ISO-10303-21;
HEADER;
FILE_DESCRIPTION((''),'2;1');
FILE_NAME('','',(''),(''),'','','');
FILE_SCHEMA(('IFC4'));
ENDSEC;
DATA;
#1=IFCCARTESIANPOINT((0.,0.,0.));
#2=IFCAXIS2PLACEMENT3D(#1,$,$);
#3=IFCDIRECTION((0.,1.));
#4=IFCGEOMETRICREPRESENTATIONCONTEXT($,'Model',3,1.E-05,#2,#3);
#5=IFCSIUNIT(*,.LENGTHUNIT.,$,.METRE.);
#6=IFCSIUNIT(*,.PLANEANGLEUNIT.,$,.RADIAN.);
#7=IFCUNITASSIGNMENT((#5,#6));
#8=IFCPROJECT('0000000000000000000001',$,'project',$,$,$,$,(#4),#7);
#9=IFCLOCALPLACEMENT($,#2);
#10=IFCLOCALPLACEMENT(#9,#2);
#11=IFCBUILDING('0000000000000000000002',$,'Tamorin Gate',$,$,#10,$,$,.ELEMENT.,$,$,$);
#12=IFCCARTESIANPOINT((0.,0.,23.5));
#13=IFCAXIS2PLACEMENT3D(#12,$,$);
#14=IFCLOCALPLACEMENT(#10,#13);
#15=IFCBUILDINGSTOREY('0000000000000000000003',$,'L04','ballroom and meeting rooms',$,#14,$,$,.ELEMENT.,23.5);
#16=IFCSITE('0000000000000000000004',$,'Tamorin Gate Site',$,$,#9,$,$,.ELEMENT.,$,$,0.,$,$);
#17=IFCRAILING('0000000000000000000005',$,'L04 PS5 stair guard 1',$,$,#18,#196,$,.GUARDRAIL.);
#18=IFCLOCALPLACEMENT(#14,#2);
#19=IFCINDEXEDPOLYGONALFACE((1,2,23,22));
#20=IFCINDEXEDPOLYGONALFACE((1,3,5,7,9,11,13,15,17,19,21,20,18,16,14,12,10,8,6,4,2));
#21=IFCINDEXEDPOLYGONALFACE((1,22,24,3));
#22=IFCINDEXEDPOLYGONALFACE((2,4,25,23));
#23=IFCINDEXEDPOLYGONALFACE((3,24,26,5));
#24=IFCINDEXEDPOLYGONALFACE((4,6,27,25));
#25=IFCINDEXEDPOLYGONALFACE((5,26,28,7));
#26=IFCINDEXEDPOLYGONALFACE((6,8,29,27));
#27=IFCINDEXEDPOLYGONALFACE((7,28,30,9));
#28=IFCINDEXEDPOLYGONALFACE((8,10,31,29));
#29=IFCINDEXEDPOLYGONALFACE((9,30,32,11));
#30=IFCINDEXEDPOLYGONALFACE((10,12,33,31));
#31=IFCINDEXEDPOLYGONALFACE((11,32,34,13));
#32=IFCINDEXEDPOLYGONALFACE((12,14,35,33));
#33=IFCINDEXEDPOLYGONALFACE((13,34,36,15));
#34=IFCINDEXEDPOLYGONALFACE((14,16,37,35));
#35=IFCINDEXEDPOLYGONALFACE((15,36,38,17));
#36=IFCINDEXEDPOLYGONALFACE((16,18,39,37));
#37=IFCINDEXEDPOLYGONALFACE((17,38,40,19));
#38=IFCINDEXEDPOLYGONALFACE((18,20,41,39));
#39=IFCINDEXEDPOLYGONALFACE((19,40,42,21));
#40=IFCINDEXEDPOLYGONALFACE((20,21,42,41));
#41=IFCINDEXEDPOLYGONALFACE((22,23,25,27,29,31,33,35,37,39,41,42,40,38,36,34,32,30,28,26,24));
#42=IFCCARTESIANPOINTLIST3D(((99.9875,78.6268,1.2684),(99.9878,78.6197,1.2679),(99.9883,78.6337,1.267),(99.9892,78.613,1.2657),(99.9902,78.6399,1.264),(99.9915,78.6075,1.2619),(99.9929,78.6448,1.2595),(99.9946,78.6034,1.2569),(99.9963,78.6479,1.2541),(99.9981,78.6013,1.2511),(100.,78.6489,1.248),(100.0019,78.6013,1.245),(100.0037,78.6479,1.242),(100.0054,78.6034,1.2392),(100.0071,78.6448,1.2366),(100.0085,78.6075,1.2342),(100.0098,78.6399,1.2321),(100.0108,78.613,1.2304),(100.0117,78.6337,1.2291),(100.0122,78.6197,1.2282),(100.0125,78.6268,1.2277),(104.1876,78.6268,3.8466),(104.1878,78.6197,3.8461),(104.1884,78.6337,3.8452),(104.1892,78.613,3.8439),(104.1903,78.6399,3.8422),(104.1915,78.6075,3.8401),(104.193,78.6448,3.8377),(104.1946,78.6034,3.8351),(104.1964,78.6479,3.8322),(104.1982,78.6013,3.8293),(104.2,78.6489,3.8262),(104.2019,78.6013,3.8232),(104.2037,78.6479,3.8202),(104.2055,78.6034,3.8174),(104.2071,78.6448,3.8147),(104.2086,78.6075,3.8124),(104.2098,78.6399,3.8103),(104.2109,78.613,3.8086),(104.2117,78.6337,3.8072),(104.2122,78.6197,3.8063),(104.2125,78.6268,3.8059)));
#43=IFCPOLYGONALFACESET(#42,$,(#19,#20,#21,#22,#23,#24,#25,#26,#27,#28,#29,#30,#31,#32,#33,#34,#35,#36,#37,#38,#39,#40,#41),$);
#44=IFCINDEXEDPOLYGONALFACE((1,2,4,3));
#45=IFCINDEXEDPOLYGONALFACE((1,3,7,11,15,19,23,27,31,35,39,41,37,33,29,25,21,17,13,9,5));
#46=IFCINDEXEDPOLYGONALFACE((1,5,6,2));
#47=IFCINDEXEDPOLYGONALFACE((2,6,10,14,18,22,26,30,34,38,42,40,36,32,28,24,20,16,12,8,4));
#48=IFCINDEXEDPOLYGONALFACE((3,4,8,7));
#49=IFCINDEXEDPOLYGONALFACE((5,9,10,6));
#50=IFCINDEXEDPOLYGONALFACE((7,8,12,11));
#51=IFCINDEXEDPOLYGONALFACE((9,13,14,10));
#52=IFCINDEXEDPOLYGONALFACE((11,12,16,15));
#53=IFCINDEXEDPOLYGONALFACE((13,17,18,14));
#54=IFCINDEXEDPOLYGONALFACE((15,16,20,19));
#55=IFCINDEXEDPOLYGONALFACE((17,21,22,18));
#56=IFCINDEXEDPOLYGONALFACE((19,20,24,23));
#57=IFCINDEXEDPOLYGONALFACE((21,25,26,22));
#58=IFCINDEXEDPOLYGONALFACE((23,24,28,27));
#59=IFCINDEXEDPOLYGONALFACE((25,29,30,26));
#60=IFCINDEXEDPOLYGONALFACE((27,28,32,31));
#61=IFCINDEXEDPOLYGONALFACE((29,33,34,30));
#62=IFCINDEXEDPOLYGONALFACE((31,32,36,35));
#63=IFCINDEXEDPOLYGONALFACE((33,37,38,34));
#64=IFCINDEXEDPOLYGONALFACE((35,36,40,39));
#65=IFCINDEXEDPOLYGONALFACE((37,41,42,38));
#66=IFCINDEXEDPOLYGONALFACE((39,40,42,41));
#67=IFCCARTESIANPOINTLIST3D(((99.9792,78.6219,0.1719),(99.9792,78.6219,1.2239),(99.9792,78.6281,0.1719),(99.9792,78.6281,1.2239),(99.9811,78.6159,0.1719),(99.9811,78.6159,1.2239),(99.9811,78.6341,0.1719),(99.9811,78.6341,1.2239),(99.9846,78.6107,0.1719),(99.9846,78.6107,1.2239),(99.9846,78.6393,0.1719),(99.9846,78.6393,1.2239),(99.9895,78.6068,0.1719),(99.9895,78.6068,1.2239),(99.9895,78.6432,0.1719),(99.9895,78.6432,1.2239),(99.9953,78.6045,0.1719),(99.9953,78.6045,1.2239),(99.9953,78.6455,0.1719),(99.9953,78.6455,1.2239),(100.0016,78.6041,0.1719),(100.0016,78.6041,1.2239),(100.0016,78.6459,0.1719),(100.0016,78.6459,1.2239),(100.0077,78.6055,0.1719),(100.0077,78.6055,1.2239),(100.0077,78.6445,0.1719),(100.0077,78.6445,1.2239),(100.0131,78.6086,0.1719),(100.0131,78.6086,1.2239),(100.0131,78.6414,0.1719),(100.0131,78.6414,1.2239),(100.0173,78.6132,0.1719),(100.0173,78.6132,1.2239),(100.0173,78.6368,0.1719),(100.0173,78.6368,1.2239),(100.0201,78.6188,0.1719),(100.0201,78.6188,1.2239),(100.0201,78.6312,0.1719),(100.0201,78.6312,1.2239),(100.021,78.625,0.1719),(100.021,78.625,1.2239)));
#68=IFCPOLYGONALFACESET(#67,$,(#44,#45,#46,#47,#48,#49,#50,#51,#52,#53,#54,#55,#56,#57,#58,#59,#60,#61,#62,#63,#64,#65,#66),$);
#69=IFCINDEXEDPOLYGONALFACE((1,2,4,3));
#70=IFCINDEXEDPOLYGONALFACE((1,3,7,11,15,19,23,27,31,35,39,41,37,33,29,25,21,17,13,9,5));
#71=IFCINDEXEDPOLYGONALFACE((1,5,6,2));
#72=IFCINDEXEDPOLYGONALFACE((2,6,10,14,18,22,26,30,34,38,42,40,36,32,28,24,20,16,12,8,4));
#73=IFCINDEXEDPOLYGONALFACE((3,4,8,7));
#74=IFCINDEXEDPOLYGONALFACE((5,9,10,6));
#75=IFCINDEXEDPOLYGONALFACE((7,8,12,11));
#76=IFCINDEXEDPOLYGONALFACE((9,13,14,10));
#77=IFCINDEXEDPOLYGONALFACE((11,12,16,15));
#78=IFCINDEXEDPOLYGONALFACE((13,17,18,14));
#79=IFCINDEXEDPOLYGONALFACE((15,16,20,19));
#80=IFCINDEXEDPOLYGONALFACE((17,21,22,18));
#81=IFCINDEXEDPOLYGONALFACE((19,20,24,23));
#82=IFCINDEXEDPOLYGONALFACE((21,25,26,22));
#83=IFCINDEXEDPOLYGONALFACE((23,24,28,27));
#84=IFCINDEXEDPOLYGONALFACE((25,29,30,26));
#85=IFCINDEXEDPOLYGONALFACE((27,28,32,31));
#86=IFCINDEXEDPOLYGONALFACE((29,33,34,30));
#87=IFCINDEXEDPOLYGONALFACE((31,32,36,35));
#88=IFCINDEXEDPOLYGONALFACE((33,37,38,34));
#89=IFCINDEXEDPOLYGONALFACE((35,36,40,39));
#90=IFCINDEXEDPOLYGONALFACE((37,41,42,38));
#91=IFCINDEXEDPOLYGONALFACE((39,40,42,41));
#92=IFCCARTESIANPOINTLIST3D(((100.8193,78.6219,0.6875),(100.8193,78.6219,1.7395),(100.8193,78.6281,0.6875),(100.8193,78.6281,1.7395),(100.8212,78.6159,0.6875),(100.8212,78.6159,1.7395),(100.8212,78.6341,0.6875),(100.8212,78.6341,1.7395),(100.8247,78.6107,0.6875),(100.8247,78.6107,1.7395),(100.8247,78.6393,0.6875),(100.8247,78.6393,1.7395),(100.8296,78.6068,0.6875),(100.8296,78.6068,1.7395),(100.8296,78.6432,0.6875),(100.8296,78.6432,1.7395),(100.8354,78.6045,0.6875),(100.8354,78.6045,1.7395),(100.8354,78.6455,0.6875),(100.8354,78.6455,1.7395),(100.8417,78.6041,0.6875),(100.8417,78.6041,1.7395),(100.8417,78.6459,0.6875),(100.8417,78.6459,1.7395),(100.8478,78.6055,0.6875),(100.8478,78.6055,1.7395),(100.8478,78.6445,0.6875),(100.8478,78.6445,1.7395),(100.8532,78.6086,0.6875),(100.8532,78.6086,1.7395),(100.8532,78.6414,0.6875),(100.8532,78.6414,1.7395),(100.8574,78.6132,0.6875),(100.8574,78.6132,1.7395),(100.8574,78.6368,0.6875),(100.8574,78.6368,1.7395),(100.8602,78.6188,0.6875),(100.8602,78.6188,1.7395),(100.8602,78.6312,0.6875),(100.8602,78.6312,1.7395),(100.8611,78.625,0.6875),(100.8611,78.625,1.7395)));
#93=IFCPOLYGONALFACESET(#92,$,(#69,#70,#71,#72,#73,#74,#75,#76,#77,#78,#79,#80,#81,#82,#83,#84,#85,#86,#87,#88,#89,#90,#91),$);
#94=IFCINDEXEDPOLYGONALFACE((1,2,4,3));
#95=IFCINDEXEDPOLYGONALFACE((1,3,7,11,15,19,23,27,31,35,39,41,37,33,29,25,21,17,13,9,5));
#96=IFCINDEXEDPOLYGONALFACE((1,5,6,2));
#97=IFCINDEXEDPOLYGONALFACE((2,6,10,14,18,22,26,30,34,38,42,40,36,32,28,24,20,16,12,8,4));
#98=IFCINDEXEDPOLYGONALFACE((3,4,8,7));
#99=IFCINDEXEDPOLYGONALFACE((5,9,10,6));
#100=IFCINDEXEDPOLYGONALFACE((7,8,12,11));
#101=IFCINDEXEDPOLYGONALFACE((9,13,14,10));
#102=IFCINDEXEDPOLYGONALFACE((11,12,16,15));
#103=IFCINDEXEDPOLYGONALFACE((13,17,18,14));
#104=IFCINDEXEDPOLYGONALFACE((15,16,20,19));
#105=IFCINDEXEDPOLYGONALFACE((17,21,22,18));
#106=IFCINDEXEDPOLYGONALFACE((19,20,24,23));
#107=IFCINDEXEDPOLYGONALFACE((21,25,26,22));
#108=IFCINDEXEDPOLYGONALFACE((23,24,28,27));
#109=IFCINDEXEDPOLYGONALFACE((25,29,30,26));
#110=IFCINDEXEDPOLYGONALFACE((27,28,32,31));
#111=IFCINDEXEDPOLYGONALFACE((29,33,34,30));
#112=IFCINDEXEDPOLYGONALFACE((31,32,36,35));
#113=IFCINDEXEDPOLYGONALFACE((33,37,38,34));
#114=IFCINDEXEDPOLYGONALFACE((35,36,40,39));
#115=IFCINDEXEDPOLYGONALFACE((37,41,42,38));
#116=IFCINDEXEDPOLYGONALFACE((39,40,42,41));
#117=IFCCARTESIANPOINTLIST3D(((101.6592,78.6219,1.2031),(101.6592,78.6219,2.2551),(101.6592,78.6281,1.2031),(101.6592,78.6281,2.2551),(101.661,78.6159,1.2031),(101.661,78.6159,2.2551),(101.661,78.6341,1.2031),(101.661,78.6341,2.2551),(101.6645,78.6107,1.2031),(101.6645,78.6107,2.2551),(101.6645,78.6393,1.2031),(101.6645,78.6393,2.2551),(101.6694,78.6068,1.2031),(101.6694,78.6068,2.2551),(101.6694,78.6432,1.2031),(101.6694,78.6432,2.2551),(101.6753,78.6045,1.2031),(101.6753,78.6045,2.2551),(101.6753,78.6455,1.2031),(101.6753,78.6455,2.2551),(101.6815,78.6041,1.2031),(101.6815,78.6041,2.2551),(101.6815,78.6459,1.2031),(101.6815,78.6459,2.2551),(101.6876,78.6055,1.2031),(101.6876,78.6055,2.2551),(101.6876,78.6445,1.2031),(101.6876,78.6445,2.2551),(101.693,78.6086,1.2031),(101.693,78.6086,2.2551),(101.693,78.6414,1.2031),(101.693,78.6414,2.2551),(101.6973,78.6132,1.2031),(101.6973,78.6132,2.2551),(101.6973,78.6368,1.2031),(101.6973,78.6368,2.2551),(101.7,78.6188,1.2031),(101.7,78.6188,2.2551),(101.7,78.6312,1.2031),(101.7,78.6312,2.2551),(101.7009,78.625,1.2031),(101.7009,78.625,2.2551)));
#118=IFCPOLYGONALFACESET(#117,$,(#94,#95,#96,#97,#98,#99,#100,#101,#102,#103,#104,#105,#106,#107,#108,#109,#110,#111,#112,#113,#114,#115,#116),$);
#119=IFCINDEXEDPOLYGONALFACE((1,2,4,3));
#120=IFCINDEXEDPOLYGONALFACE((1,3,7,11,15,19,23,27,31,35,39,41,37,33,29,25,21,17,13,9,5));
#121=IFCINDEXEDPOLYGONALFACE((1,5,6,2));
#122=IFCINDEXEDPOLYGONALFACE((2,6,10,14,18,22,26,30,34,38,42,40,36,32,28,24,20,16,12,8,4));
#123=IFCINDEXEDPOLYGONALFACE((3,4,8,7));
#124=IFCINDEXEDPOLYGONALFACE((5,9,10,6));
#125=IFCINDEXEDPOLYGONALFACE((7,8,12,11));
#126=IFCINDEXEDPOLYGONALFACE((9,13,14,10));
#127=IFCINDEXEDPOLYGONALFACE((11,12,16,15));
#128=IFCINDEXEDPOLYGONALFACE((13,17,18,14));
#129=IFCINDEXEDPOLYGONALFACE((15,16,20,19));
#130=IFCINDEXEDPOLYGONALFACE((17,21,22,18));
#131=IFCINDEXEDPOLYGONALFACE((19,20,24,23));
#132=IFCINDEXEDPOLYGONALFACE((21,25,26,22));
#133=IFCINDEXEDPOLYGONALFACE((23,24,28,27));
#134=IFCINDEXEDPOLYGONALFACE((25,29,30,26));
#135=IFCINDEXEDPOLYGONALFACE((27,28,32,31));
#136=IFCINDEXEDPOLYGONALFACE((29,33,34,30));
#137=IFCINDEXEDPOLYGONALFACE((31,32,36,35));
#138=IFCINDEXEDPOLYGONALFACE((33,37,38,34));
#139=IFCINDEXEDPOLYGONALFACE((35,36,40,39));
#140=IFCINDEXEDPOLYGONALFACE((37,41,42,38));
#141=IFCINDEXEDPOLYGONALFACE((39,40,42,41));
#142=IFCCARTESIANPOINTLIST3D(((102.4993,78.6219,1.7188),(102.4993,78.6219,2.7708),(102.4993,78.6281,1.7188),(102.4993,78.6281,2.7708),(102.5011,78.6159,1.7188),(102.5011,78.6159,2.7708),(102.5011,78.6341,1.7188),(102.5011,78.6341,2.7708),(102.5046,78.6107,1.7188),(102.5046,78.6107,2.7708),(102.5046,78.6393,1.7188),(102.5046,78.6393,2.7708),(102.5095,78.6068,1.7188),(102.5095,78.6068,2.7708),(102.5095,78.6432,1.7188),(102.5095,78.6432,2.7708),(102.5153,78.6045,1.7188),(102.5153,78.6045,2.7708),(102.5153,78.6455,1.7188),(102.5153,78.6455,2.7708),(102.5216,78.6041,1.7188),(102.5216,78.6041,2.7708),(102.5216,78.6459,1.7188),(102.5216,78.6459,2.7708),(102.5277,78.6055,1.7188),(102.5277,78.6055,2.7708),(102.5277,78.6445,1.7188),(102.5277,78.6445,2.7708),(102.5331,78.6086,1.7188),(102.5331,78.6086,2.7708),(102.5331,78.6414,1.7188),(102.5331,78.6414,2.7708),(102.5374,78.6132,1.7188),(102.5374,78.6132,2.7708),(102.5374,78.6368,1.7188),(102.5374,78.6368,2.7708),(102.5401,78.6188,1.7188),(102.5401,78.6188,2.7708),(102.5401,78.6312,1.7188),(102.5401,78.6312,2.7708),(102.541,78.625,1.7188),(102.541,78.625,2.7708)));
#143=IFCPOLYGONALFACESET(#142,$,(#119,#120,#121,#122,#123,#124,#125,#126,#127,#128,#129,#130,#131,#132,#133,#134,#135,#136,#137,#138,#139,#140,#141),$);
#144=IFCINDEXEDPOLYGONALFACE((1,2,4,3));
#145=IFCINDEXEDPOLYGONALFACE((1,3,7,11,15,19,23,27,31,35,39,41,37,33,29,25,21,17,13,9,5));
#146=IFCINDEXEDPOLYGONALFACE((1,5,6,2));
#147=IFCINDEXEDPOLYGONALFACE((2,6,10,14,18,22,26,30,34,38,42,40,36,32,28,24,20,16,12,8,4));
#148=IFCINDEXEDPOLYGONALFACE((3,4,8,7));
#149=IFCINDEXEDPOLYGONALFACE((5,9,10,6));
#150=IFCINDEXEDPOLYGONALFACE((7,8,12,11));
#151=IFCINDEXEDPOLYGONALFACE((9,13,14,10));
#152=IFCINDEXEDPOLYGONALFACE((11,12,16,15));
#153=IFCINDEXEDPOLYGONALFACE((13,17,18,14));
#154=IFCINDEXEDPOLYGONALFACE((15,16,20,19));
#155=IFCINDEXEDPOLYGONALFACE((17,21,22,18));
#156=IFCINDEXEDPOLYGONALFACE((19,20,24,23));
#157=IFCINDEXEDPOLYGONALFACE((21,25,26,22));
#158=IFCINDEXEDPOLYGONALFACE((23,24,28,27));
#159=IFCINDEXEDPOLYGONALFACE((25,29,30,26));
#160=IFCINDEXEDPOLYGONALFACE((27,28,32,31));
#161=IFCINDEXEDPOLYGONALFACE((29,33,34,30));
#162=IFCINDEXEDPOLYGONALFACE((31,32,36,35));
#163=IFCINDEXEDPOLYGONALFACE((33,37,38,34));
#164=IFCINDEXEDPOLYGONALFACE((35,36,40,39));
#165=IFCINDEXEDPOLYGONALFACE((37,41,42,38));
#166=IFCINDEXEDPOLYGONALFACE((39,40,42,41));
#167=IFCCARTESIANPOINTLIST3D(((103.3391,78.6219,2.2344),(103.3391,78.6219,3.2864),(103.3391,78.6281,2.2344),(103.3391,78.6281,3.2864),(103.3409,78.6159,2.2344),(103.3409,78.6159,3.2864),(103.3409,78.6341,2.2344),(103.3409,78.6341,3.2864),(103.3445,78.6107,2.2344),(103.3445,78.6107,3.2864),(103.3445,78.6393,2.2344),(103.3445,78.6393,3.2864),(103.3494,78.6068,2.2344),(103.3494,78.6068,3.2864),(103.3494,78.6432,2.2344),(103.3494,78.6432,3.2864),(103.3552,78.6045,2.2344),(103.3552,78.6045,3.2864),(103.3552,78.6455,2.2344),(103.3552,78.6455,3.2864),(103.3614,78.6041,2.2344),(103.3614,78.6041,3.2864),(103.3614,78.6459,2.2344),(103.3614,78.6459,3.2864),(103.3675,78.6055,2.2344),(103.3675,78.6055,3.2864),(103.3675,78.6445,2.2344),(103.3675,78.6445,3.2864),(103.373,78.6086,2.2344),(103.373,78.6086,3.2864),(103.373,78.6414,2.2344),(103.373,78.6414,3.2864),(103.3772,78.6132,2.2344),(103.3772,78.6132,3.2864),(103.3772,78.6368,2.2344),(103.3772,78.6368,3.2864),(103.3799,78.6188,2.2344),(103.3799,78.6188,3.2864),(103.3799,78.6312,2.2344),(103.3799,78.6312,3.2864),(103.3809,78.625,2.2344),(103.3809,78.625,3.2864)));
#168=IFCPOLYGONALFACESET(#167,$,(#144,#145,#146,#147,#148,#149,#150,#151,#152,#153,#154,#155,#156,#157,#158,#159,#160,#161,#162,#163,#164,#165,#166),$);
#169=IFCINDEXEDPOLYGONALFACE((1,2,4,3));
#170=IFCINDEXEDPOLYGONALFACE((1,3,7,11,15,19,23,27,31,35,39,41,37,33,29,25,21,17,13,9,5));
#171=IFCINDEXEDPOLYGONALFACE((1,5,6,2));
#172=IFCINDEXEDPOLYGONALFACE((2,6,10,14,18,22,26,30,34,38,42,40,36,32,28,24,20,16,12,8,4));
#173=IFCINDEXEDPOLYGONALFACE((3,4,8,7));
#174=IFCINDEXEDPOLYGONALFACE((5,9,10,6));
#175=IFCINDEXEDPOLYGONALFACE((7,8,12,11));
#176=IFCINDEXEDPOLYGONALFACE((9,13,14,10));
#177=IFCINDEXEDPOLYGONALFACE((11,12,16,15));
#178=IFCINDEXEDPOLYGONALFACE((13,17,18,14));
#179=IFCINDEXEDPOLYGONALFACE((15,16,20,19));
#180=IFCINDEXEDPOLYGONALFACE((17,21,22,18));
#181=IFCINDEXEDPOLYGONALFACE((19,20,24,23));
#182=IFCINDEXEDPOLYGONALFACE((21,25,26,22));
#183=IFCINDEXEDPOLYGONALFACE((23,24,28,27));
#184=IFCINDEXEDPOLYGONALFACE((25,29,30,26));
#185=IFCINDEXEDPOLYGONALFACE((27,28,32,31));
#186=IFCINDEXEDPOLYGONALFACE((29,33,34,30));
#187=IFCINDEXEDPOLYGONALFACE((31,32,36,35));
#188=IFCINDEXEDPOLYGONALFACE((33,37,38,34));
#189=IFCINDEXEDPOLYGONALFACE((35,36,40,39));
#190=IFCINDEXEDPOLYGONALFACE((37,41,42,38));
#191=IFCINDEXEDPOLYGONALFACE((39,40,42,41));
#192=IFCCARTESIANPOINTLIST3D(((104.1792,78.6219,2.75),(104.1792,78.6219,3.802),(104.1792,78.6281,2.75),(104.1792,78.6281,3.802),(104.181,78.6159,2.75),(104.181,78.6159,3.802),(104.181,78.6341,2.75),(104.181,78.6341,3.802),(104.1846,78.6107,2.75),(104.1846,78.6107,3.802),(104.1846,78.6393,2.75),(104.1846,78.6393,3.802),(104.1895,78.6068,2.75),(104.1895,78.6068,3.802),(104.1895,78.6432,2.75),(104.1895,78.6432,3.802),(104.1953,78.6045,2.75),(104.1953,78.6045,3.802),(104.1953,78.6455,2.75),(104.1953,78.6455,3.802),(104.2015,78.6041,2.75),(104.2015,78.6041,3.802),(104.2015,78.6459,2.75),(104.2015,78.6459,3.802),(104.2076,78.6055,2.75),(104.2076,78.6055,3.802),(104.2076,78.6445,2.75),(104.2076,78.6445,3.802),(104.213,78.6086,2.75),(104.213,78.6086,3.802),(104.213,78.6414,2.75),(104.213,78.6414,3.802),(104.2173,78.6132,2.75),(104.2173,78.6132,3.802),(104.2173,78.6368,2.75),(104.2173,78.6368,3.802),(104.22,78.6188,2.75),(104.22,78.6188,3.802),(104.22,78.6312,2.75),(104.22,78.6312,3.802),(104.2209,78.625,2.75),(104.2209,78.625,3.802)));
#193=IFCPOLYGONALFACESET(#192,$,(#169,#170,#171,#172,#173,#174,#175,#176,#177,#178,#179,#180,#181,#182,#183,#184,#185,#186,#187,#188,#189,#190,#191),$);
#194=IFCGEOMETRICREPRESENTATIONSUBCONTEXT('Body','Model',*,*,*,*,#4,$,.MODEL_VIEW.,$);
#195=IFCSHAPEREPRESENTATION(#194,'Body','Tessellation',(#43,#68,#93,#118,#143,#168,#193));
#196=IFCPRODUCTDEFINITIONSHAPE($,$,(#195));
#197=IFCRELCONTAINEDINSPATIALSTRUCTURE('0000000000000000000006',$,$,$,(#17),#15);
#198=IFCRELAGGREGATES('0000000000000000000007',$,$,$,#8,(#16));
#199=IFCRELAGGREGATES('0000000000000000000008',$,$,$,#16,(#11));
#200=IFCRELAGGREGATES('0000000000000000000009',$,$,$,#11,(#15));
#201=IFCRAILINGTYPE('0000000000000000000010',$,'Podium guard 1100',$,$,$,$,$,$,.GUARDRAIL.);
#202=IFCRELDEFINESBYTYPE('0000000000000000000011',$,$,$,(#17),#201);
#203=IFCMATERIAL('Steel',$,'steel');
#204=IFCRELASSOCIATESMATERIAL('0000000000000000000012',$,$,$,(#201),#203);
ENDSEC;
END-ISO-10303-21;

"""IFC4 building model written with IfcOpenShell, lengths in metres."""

from ifc_helpers import new_model, si_unit, direction, frame, origin, origin_2d, place, context, subcontext, project, spatial, circle, extrude, material, type_object, element, save


model = new_model("IFC4")

# Units and contexts
model_context = context("Model", 3, precision=1e-05, world=origin(), true_north=direction((0.0, 1.0)))
body_context = subcontext(model_context, "Body", "Model", "MODEL_VIEW")
ifc_project = project(units=[si_unit("LENGTHUNIT", "METRE"), si_unit("PLANEANGLEUNIT", "RADIAN")], contexts=[model_context])

# Site, building, storey
site_placement = place(None, origin())
site = spatial("IfcSite", under=ifc_project, at=site_placement, Name="Tamorin Gate Site", CompositionType="ELEMENT", RefElevation=0.0)
building_placement = place(site_placement, origin())
building = spatial("IfcBuilding", under=site, at=building_placement, Name="Tamorin Gate", CompositionType="ELEMENT")
storey_placement = place(building_placement, frame((0.0, 0.0, 23.5)))
storey = spatial("IfcBuildingStorey", under=building, at=storey_placement, Name="L04", Description="ballroom and meeting rooms", CompositionType="ELEMENT", Elevation=23.5)

# Railing
ifc_material_1 = material(Name="Steel", Category="steel")
railing_type_1 = type_object("IfcRailingType", Name="Podium guard 1100", PredefinedType="GUARDRAIL", material=ifc_material_1)
railing_1_placement = place(storey_placement, frame((100.0, 78.625, 0.1719)))
element("IfcRailing", 1, at=railing_1_placement, inside=storey, type_object=railing_type_1, Name="L04 PS5 stair guard 1", PredefinedType="GUARDRAIL", context=body_context, shape_type="SweptSolid", body=[
    extrude(circle(Radius=0.0239, at=origin_2d()), frame((0.0, 0.0, 1.0762), z_axis=(0.852243, 0.0, 0.523146), x_axis=(0.0, 1.0, 0.0)), (0.0, 0.0, 1.0), 4.9282),
    extrude(circle(Radius=0.021, at=origin_2d()), origin(), (0.0, 0.0, 1.0), 1.052),
    extrude(circle(Radius=0.021, at=origin_2d()), frame((0.8401, 0.0, 0.5156)), (0.0, 0.0, 1.0), 1.052),
    extrude(circle(Radius=0.021, at=origin_2d()), frame((1.6799, 0.0, 1.0312)), (0.0, 0.0, 1.0), 1.052),
    extrude(circle(Radius=0.021, at=origin_2d()), frame((2.52, 0.0, 1.5469)), (0.0, 0.0, 1.0), 1.052),
    extrude(circle(Radius=0.021, at=origin_2d()), frame((3.3599, 0.0, 2.0625)), (0.0, 0.0, 1.0), 1.052),
    extrude(circle(Radius=0.021, at=origin_2d()), frame((4.2, 0.0, 2.5781)), (0.0, 0.0, 1.0), 1.052),
])

save(model, "model.ifc")
